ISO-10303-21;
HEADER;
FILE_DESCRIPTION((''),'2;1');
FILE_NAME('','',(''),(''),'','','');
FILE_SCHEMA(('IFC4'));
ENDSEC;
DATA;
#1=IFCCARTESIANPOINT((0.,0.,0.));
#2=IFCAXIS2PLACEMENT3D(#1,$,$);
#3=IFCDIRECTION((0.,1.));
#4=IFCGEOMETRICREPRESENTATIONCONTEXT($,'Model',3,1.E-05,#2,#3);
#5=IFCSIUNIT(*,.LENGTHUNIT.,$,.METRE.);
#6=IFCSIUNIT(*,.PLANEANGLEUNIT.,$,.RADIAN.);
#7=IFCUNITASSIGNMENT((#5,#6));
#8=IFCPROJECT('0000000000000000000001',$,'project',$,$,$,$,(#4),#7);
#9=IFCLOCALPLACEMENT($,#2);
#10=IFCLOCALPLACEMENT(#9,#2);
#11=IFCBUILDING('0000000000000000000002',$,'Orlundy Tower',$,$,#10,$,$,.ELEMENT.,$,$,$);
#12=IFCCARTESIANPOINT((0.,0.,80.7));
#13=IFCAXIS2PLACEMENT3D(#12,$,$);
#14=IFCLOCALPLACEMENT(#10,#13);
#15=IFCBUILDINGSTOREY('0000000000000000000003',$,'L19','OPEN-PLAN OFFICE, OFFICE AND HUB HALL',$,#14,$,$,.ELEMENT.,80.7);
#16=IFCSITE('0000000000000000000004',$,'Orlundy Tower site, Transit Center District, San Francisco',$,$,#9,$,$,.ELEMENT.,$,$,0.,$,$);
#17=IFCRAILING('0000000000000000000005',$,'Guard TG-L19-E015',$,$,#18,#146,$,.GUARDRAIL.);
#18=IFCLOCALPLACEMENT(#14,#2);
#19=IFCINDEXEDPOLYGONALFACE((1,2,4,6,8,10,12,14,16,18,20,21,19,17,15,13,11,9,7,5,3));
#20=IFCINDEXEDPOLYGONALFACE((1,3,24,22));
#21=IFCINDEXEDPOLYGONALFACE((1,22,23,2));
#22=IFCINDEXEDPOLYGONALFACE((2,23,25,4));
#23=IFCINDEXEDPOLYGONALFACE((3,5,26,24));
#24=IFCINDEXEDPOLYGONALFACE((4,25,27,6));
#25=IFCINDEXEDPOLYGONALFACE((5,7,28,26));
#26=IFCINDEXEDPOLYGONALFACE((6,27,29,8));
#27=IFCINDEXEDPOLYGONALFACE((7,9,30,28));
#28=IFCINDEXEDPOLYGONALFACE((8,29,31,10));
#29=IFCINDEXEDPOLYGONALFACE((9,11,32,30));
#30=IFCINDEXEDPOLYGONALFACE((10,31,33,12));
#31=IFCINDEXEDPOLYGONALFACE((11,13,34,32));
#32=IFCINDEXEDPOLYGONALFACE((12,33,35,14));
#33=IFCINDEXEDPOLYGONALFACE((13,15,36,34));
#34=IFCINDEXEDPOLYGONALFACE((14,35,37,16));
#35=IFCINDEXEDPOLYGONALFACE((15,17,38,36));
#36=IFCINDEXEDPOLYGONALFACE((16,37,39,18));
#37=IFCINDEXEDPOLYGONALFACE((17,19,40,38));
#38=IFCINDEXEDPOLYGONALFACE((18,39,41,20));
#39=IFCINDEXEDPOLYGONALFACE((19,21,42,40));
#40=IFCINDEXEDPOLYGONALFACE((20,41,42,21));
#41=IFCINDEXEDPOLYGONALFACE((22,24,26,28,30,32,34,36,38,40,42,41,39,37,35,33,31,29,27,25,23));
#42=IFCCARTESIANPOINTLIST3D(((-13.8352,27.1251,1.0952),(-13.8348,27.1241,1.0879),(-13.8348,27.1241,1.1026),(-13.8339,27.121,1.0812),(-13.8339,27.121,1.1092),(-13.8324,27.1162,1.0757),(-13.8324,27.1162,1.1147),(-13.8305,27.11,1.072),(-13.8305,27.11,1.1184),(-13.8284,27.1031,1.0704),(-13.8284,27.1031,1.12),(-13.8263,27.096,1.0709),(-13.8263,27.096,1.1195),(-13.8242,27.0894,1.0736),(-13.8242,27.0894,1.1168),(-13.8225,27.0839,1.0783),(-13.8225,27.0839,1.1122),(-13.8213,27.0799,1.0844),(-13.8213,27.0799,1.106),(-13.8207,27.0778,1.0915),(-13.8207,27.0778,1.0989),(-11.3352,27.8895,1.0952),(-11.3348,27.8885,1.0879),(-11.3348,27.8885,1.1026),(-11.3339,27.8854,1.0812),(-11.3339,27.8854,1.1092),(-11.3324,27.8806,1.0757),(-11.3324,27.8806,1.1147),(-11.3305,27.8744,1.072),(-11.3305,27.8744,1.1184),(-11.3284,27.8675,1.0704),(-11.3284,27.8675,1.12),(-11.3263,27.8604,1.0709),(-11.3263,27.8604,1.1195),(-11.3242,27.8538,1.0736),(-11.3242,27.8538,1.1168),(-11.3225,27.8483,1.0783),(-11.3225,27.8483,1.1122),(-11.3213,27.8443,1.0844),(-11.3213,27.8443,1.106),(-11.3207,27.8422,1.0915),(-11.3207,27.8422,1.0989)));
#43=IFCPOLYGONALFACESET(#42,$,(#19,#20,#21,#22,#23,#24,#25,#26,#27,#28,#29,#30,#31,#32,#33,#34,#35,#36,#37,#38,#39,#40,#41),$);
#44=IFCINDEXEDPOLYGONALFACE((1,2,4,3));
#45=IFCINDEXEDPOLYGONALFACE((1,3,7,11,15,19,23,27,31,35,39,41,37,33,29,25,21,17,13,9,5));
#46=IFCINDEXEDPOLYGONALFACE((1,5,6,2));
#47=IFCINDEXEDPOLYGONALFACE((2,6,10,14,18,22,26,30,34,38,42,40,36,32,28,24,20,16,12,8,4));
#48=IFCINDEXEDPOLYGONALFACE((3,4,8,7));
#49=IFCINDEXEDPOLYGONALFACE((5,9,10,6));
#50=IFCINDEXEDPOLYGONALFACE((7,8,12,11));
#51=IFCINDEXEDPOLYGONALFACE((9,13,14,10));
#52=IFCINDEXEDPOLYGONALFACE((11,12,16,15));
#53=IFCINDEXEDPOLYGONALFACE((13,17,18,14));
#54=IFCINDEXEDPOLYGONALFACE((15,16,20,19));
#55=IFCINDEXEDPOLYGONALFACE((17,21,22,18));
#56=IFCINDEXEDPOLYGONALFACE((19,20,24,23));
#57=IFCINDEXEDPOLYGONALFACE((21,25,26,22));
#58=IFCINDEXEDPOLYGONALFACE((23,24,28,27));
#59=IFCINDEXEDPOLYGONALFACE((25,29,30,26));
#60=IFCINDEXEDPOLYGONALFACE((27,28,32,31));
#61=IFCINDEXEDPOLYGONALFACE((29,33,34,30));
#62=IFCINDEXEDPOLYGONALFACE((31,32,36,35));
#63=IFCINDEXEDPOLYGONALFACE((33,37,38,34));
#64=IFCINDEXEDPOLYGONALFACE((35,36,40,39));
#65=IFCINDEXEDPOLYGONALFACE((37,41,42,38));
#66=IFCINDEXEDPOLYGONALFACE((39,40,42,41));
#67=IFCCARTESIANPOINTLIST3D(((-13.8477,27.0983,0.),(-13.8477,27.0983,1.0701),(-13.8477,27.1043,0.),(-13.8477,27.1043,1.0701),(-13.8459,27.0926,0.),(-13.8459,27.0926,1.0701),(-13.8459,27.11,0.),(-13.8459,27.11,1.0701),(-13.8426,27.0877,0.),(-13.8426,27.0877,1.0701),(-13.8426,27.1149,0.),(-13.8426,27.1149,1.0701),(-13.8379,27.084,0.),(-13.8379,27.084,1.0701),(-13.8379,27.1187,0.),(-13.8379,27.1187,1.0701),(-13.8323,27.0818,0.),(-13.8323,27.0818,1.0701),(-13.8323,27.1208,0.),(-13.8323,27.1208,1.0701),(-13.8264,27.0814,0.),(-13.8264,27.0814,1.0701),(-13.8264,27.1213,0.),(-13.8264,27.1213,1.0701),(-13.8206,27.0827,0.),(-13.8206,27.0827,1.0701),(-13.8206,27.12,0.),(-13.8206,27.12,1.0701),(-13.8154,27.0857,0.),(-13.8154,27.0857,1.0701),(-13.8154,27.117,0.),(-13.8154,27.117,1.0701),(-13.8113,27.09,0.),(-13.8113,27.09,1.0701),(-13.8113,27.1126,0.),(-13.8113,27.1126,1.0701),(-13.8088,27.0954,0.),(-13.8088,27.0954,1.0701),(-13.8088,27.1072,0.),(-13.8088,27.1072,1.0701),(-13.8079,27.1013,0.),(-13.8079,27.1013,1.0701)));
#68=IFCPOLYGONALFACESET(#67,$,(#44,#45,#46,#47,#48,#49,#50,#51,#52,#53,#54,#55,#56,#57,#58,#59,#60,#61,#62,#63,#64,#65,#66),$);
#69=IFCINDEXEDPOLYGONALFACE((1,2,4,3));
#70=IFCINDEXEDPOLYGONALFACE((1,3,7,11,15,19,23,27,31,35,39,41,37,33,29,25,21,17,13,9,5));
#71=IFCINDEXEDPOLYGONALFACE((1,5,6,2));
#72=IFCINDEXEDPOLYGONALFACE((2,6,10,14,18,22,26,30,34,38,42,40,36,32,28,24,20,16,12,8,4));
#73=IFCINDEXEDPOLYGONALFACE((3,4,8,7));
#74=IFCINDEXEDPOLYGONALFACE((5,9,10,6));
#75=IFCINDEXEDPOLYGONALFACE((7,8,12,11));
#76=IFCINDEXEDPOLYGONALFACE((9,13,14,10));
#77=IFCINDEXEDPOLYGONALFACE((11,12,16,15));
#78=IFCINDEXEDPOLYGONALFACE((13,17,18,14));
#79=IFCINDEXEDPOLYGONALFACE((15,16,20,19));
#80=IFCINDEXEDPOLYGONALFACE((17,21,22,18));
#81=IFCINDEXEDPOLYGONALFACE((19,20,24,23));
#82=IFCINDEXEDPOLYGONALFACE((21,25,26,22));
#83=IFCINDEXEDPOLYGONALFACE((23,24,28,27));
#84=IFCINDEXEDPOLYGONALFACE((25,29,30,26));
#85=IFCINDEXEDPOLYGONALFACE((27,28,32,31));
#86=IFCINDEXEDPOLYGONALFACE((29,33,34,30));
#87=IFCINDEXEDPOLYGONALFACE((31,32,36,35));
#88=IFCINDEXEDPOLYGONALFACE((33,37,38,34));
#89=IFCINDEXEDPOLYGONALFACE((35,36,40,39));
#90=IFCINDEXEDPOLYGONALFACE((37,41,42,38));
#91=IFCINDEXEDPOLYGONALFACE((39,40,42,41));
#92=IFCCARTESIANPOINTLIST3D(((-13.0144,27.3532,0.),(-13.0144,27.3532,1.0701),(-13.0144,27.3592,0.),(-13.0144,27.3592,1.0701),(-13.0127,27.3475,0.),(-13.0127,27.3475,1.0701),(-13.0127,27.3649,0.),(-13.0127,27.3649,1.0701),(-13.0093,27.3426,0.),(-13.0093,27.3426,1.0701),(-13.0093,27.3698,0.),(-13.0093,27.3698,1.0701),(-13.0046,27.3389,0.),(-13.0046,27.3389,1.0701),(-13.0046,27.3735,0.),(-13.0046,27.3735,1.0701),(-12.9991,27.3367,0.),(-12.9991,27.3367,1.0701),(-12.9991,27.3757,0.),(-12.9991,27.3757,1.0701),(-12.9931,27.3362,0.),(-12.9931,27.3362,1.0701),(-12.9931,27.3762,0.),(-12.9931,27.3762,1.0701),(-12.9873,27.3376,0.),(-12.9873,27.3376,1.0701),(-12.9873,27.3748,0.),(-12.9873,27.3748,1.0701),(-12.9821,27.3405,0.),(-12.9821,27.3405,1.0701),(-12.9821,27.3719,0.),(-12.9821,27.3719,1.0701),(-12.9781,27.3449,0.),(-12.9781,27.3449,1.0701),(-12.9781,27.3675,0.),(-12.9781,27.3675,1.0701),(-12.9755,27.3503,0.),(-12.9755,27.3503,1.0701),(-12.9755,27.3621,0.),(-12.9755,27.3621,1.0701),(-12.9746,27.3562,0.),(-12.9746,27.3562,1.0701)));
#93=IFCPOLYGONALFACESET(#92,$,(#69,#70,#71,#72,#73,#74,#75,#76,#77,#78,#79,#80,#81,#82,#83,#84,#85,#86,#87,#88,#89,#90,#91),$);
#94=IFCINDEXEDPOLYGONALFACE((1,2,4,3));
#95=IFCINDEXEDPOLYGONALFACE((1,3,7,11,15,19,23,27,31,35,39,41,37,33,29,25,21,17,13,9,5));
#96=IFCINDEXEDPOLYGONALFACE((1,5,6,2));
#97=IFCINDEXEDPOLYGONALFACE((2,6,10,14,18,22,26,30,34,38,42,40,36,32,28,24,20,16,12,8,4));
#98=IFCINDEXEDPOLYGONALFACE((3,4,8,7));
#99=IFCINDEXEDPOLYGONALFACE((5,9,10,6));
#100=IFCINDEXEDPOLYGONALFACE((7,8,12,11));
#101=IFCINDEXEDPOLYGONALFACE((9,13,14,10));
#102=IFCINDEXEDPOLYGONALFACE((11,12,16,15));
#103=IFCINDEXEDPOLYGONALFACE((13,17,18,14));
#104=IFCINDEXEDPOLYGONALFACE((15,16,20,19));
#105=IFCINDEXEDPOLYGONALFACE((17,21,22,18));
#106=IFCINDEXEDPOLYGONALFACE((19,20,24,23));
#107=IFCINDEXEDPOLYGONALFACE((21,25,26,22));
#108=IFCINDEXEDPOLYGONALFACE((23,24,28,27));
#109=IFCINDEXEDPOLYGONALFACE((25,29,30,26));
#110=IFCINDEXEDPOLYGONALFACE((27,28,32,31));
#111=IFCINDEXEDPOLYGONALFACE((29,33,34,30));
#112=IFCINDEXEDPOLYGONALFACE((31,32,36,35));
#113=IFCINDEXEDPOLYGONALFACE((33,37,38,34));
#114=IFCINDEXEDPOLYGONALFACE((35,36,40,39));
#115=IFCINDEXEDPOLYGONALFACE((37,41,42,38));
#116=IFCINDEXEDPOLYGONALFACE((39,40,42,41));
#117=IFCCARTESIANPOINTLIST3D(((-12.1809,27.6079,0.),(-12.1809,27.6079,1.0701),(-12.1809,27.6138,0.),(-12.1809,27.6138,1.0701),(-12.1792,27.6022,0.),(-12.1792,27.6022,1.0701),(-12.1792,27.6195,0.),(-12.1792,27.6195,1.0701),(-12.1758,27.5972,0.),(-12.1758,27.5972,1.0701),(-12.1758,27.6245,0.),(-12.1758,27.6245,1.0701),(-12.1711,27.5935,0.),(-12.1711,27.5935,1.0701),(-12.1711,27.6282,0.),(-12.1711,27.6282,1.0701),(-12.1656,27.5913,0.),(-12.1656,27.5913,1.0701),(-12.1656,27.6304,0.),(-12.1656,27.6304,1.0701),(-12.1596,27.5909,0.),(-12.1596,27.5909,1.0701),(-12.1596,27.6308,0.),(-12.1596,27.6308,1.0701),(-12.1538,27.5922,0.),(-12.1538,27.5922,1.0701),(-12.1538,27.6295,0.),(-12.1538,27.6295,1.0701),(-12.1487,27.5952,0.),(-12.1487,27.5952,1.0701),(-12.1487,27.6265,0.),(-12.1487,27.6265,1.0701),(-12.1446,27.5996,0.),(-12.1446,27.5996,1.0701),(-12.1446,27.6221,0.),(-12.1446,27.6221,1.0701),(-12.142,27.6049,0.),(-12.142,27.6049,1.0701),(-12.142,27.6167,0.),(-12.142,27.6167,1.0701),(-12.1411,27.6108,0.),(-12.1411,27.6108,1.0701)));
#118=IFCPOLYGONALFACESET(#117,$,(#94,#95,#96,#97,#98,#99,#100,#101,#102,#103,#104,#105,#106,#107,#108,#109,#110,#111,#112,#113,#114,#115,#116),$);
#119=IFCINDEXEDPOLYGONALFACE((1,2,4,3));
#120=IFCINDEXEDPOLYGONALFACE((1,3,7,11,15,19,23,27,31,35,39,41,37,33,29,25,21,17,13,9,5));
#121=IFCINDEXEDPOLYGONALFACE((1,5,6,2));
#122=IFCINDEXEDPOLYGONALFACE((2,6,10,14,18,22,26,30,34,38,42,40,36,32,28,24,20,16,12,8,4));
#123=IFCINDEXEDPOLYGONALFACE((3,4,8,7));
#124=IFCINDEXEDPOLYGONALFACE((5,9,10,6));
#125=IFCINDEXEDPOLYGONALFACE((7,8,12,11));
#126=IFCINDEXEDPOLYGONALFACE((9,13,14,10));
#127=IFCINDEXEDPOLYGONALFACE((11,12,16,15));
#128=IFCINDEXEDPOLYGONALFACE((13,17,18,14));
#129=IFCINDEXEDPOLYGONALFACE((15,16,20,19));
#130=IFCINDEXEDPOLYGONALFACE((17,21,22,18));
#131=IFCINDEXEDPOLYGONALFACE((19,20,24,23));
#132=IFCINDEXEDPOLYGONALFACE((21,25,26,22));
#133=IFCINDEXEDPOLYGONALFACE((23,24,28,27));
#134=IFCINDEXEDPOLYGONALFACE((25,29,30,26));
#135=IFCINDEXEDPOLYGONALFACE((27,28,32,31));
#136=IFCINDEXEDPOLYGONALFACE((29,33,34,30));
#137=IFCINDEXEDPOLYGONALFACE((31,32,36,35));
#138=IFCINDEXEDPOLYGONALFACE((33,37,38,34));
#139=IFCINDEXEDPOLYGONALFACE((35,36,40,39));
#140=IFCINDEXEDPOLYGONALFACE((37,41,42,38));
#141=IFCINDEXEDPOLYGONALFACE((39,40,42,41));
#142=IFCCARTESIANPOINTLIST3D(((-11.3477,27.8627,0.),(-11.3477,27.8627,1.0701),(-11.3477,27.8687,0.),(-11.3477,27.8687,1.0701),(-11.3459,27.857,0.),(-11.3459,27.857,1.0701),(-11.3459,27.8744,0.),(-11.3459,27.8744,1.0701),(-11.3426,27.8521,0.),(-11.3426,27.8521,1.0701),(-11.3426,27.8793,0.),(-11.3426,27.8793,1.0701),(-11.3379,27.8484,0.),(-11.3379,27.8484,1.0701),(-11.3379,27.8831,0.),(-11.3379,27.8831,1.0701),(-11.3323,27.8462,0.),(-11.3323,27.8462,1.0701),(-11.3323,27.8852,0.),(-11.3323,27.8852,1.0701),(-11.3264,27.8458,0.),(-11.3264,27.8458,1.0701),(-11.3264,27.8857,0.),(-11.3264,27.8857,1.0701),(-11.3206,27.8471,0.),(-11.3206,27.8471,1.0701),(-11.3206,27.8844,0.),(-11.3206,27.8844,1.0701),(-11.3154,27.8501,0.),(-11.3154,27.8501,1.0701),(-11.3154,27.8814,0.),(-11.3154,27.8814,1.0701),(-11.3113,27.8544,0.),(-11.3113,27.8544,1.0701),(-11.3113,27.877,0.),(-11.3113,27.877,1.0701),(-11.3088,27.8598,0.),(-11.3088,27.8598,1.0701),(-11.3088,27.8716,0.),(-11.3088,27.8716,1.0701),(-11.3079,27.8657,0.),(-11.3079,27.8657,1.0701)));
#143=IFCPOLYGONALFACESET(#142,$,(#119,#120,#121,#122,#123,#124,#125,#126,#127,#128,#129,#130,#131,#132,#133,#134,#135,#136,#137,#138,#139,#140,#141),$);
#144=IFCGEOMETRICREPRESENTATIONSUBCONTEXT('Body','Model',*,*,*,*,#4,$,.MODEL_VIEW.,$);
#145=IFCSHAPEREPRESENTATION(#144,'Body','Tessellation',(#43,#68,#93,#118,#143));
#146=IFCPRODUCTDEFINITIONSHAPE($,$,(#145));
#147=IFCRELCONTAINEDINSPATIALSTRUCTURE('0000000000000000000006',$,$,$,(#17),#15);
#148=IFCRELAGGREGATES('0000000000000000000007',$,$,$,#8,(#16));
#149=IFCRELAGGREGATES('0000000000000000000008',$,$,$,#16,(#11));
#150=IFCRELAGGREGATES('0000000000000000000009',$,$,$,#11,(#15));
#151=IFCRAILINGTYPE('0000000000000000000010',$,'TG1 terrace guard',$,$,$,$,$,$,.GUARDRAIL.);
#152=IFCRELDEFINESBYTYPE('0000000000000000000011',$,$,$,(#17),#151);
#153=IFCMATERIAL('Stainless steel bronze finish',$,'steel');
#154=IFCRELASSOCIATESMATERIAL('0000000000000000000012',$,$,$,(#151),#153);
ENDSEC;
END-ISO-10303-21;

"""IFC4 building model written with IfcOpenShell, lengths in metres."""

from ifc_helpers import new_model, si_unit, direction, frame, origin, origin_2d, place, context, subcontext, project, spatial, circle, extrude, material, type_object, element, save


model = new_model("IFC4")

# Units and contexts
model_context = context("Model", 3, precision=1e-05, world=origin(), true_north=direction((0.0, 1.0)))
body_context = subcontext(model_context, "Body", "Model", "MODEL_VIEW")
ifc_project = project(units=[si_unit("LENGTHUNIT", "METRE"), si_unit("PLANEANGLEUNIT", "RADIAN")], contexts=[model_context])

# Site, building, storey
site_placement = place(None, origin())
site = spatial("IfcSite", under=ifc_project, at=site_placement, Name="Orlundy Tower site, Transit Center District, San Francisco", CompositionType="ELEMENT", RefElevation=0.0)
building_placement = place(site_placement, origin())
building = spatial("IfcBuilding", under=site, at=building_placement, Name="Orlundy Tower", CompositionType="ELEMENT")
storey_placement = place(building_placement, frame((0.0, 0.0, 80.7)))
storey = spatial("IfcBuildingStorey", under=building, at=storey_placement, Name="L19", Description="OPEN-PLAN OFFICE, OFFICE AND HUB HALL", CompositionType="ELEMENT", Elevation=80.7)

# Railing
ifc_material_1 = material(Name="Stainless steel bronze finish", Category="steel")
railing_type_1 = type_object("IfcRailingType", Name="TG1 terrace guard", PredefinedType="GUARDRAIL", material=ifc_material_1)
railing_1_placement = place(storey_placement, frame((-13.8279, 27.1013, 0.0)))
element("IfcRailing", 1, at=railing_1_placement, inside=storey, type_object=railing_type_1, Name="Guard TG-L19-E015", PredefinedType="GUARDRAIL", context=body_context, shape_type="SweptSolid", body=[
    extrude(circle(Radius=0.0249, at=origin_2d()), frame((0.0, 0.0, 1.0952), z_axis=(0.956296, 0.292399, 0.0), x_axis=(-0.292399, 0.956296, 0.0)), (0.0, 0.0, 1.0), 2.6143),
    extrude(circle(Radius=0.02, at=origin_2d()), origin(), (0.0, 0.0, 1.0), 1.0701),
    extrude(circle(Radius=0.02, at=origin_2d()), frame((0.8333, 0.2549, 0.0)), (0.0, 0.0, 1.0), 1.0701),
    extrude(circle(Radius=0.02, at=origin_2d()), frame((1.6667, 0.5095, 0.0)), (0.0, 0.0, 1.0), 1.0701),
    extrude(circle(Radius=0.02, at=origin_2d()), frame((2.5, 0.7644, 0.0)), (0.0, 0.0, 1.0), 1.0701),
])

save(model, "model.ifc")
